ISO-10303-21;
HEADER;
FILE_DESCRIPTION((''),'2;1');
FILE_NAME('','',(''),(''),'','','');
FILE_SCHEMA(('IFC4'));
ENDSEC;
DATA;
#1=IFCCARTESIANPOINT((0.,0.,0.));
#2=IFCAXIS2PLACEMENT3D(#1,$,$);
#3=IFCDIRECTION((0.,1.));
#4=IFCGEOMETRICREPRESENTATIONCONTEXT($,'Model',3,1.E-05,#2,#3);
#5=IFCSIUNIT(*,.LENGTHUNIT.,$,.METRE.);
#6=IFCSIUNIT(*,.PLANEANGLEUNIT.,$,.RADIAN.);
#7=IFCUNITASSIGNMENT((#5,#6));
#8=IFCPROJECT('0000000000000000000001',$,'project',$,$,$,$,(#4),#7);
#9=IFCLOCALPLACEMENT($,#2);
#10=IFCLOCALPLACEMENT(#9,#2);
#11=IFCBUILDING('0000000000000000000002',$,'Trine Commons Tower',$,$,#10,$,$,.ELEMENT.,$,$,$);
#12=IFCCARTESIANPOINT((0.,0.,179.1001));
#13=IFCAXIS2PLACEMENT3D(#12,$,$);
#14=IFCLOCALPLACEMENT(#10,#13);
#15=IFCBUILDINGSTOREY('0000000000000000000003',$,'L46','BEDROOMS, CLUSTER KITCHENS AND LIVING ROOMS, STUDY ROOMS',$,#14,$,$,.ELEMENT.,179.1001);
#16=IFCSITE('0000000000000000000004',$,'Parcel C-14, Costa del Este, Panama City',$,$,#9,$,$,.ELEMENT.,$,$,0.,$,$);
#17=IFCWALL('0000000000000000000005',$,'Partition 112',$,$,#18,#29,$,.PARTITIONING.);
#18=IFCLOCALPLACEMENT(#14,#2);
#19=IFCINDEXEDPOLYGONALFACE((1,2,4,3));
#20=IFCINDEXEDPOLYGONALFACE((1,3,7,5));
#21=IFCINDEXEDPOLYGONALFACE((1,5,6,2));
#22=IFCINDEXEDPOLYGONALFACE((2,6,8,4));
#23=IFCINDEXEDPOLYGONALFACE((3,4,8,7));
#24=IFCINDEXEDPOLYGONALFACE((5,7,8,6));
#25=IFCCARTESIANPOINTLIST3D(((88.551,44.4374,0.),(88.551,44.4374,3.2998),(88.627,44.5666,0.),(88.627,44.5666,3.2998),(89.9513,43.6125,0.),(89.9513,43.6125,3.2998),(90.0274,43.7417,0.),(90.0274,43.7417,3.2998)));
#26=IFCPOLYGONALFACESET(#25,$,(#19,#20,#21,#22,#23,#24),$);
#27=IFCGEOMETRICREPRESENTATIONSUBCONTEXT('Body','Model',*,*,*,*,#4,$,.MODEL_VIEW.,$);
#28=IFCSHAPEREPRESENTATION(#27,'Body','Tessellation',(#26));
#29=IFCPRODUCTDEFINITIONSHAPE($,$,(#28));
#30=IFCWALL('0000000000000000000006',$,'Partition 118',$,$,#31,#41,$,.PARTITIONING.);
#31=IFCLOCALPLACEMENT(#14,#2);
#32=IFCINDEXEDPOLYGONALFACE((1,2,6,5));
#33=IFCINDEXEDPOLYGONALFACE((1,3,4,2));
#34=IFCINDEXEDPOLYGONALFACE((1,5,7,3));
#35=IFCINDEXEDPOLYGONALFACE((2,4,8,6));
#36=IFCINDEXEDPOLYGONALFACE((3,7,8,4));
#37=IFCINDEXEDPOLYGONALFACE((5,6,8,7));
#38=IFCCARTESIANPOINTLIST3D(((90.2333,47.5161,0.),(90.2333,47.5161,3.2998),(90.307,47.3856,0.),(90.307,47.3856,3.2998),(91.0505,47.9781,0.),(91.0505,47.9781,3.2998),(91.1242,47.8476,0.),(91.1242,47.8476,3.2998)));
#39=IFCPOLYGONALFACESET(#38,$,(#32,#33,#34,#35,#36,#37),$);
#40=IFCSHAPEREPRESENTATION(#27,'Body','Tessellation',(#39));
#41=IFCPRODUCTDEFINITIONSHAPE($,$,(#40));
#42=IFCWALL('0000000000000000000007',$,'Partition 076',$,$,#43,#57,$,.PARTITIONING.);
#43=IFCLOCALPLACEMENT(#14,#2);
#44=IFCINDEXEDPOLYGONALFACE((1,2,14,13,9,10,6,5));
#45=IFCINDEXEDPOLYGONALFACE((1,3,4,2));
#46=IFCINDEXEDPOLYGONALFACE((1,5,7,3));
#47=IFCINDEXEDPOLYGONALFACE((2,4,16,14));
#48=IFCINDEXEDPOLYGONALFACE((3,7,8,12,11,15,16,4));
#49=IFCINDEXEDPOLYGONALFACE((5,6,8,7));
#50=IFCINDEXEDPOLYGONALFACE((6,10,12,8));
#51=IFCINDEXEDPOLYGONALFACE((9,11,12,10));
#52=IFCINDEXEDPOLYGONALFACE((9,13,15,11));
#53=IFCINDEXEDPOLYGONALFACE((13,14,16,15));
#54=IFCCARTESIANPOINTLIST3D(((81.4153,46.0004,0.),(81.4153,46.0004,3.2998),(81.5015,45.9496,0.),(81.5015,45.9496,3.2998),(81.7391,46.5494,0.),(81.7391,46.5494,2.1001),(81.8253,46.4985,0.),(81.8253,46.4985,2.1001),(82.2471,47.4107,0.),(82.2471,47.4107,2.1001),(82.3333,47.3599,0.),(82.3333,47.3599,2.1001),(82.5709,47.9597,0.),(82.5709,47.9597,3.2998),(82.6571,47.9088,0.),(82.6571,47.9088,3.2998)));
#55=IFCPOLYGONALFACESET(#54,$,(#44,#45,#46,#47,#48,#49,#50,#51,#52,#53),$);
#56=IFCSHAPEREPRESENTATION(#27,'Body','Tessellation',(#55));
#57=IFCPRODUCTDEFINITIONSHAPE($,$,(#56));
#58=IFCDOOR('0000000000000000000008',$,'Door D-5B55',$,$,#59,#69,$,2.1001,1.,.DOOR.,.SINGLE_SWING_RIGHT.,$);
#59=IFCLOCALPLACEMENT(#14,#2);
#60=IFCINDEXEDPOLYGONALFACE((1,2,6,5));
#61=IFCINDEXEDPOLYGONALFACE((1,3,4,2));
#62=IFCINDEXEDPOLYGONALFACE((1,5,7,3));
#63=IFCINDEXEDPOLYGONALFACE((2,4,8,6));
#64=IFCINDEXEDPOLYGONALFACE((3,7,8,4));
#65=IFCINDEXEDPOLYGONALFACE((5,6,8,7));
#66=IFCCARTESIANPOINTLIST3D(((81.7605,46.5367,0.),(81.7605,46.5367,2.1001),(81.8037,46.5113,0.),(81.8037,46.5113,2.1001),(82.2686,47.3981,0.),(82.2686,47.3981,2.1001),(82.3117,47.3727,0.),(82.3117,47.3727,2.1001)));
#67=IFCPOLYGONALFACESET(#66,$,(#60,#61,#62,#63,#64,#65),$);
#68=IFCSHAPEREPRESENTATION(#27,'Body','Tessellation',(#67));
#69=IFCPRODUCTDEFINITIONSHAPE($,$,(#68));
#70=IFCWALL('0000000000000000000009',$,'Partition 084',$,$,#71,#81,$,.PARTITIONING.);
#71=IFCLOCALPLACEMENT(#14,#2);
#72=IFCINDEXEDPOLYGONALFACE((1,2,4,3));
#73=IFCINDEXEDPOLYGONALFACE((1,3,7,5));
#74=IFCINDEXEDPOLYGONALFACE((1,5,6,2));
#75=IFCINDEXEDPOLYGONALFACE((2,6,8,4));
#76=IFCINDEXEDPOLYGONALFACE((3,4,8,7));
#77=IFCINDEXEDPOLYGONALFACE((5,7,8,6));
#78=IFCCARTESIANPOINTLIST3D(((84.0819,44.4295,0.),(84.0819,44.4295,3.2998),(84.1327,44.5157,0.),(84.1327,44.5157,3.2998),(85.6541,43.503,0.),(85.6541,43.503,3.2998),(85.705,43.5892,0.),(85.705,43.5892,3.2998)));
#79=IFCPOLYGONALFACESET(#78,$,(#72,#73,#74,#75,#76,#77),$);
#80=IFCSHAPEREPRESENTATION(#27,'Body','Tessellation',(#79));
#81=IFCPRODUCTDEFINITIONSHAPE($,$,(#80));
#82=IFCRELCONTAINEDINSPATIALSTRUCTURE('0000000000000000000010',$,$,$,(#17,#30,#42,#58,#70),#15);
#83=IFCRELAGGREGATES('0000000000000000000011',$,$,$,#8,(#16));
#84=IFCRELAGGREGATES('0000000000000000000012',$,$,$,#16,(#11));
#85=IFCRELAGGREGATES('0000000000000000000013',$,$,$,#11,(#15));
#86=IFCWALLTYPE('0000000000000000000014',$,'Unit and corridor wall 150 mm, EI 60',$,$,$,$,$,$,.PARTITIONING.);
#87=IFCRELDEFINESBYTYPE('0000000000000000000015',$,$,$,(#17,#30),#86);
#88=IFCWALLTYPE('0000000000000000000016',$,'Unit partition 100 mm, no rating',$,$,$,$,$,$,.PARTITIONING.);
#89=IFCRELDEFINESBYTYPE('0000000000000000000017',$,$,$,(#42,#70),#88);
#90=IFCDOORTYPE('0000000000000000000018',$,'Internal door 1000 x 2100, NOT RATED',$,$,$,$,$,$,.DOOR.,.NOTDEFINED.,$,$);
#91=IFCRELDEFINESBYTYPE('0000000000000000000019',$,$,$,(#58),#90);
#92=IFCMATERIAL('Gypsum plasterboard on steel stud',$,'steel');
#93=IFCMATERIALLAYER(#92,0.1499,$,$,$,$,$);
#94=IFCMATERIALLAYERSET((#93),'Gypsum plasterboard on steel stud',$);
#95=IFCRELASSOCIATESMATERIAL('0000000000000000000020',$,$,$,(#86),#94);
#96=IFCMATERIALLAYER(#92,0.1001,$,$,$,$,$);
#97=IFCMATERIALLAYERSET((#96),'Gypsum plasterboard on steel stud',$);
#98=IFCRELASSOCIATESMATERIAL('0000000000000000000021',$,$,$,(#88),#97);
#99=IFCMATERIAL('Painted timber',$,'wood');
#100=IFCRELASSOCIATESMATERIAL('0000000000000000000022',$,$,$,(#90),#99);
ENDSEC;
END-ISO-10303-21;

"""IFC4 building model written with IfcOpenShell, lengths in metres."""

from ifc_helpers import new_model, si_unit, direction, frame, frame_2d, origin, place, context, subcontext, project, spatial, rectangle, extrude, material, layer, layer_set, type_object, element, fill, save


model = new_model("IFC4")

# Units and contexts
model_context = context("Model", 3, precision=1e-05, world=origin(), true_north=direction((0.0, 1.0)))
body_context = subcontext(model_context, "Body", "Model", "MODEL_VIEW")
ifc_project = project(units=[si_unit("LENGTHUNIT", "METRE"), si_unit("PLANEANGLEUNIT", "RADIAN")], contexts=[model_context])

# Site, building, storey
site_placement = place(None, origin())
site = spatial("IfcSite", under=ifc_project, at=site_placement, Name="Parcel C-14, Costa del Este, Panama City", CompositionType="ELEMENT", RefElevation=0.0)
building_placement = place(site_placement, origin())
building = spatial("IfcBuilding", under=site, at=building_placement, Name="Trine Commons Tower", CompositionType="ELEMENT")
storey_placement = place(building_placement, frame((0.0, 0.0, 179.1001)))
storey = spatial("IfcBuildingStorey", under=building, at=storey_placement, Name="L46", Description="BEDROOMS, CLUSTER KITCHENS AND LIVING ROOMS, STUDY ROOMS", CompositionType="ELEMENT", Elevation=179.1001)

# Shared definitions
ifc_material_1 = material(Name="Gypsum plasterboard on steel stud", Category="steel")
ifc_layer_1 = layer(ifc_material_1, 0.1499)
ifc_layer_set_1 = layer_set([ifc_layer_1], Name="Gypsum plasterboard on steel stud")
wall_type_1 = type_object("IfcWallType", Name="Unit and corridor wall 150 mm, EI 60", PredefinedType="PARTITIONING", material=ifc_layer_set_1)

# Walls
wall_1_placement = place(storey_placement, frame((88.5891, 44.502, 0.0), z_axis=(0.0, 0.0, 1.0), x_axis=(0.861614, -0.507565, 0.0)))
element("IfcWall", 1, at=wall_1_placement, inside=storey, type_object=wall_type_1, Name="Partition 112", PredefinedType="PARTITIONING", context=body_context, shape_type="SweptSolid", body=[
    extrude(rectangle(XDim=1.6252, YDim=0.1499, at=frame_2d((0.8125, 0.0))), origin(), (0.0, 0.0, 1.0), 3.2998),
])
wall_2_placement = place(storey_placement, frame((90.2703, 47.4509, 0.0), z_axis=(0.0, 0.0, 1.0), x_axis=(0.870539, 0.4921, 0.0)))
element("IfcWall", 2, at=wall_2_placement, inside=storey, type_object=wall_type_1, Name="Partition 118", PredefinedType="PARTITIONING", context=body_context, shape_type="SweptSolid", body=[
    extrude(rectangle(XDim=0.9387, YDim=0.1499, at=frame_2d((0.4692, 0.0))), origin(), (0.0, 0.0, 1.0), 3.2998),
])

# Wall, opening, door
ifc_layer_2 = layer(ifc_material_1, 0.1001)
ifc_layer_set_2 = layer_set([ifc_layer_2], Name="Gypsum plasterboard on steel stud")
wall_type_2 = type_object("IfcWallType", Name="Unit partition 100 mm, no rating", PredefinedType="PARTITIONING", material=ifc_layer_set_2)
wall_3_placement = place(storey_placement, frame((81.4585, 45.9751, 0.0), z_axis=(0.0, 0.0, 1.0), x_axis=(0.50801, 0.861351, 0.0)))
wall_3 = element("IfcWall", 3, at=wall_3_placement, inside=storey, type_object=wall_type_2, Name="Partition 076", PredefinedType="PARTITIONING", context=body_context, shape_type="SweptSolid", body=[
    extrude(rectangle(XDim=2.2747, YDim=0.1001, at=frame_2d((1.1372, 0.0))), origin(), (0.0, 0.0, 1.0), 3.2998),
])
opening_1_placement = place(wall_3_placement, frame((0.6372, 0.0, 0.0)))
opening_1 = element("IfcOpeningElement", 4, at=opening_1_placement, cuts=wall_3, PredefinedType="OPENING", context=body_context, shape_type="SweptSolid", body=[
    extrude(rectangle(XDim=1.0, YDim=2.1001, at=frame_2d((0.5, 1.05))), frame((0.0, 0.0601, 0.0), z_axis=(0.0, -1.0, 0.0), x_axis=(1.0, 0.0, 0.0)), (0.0, 0.0, 1.0), 0.1201),
])
ifc_material_2 = material(Name="Painted timber", Category="wood")
door_type_1 = type_object("IfcDoorType", Name="Internal door 1000 x 2100, NOT RATED", OperationType="NOTDEFINED", PredefinedType="DOOR", material=ifc_material_2)
door_1_placement = place(opening_1_placement, frame((1.0, 0.0, 0.0), z_axis=(0.0, 0.0, 1.0), x_axis=(-1.0, 0.0, 0.0)))
door_1 = element("IfcDoor", 5, at=door_1_placement, inside=storey, type_object=door_type_1, Name="Door D-5B55", OperationType="SINGLE_SWING_RIGHT", OverallHeight=2.1001, OverallWidth=1.0, PredefinedType="DOOR", context=body_context, shape_type="SweptSolid", body=[
    extrude(rectangle(XDim=1.0, YDim=2.1001, at=frame_2d((0.5, 1.05))), frame((0.0, 0.0249, 0.0), z_axis=(0.0, -1.0, 0.0), x_axis=(1.0, 0.0, 0.0)), (0.0, 0.0, 1.0), 0.05),
])
fill(opening_1, door_1)

# Wall
wall_4_placement = place(storey_placement, frame((84.1072, 44.4727, 0.0), z_axis=(0.0, 0.0, 1.0), x_axis=(0.861538, -0.507692, 0.0)))
element("IfcWall", 6, at=wall_4_placement, inside=storey, type_object=wall_type_2, Name="Partition 084", PredefinedType="PARTITIONING", context=body_context, shape_type="SweptSolid", body=[
    extrude(rectangle(XDim=1.825, YDim=0.1001, at=frame_2d((0.9126, 0.0))), origin(), (0.0, 0.0, 1.0), 3.2998),
])

save(model, "model.ifc")
